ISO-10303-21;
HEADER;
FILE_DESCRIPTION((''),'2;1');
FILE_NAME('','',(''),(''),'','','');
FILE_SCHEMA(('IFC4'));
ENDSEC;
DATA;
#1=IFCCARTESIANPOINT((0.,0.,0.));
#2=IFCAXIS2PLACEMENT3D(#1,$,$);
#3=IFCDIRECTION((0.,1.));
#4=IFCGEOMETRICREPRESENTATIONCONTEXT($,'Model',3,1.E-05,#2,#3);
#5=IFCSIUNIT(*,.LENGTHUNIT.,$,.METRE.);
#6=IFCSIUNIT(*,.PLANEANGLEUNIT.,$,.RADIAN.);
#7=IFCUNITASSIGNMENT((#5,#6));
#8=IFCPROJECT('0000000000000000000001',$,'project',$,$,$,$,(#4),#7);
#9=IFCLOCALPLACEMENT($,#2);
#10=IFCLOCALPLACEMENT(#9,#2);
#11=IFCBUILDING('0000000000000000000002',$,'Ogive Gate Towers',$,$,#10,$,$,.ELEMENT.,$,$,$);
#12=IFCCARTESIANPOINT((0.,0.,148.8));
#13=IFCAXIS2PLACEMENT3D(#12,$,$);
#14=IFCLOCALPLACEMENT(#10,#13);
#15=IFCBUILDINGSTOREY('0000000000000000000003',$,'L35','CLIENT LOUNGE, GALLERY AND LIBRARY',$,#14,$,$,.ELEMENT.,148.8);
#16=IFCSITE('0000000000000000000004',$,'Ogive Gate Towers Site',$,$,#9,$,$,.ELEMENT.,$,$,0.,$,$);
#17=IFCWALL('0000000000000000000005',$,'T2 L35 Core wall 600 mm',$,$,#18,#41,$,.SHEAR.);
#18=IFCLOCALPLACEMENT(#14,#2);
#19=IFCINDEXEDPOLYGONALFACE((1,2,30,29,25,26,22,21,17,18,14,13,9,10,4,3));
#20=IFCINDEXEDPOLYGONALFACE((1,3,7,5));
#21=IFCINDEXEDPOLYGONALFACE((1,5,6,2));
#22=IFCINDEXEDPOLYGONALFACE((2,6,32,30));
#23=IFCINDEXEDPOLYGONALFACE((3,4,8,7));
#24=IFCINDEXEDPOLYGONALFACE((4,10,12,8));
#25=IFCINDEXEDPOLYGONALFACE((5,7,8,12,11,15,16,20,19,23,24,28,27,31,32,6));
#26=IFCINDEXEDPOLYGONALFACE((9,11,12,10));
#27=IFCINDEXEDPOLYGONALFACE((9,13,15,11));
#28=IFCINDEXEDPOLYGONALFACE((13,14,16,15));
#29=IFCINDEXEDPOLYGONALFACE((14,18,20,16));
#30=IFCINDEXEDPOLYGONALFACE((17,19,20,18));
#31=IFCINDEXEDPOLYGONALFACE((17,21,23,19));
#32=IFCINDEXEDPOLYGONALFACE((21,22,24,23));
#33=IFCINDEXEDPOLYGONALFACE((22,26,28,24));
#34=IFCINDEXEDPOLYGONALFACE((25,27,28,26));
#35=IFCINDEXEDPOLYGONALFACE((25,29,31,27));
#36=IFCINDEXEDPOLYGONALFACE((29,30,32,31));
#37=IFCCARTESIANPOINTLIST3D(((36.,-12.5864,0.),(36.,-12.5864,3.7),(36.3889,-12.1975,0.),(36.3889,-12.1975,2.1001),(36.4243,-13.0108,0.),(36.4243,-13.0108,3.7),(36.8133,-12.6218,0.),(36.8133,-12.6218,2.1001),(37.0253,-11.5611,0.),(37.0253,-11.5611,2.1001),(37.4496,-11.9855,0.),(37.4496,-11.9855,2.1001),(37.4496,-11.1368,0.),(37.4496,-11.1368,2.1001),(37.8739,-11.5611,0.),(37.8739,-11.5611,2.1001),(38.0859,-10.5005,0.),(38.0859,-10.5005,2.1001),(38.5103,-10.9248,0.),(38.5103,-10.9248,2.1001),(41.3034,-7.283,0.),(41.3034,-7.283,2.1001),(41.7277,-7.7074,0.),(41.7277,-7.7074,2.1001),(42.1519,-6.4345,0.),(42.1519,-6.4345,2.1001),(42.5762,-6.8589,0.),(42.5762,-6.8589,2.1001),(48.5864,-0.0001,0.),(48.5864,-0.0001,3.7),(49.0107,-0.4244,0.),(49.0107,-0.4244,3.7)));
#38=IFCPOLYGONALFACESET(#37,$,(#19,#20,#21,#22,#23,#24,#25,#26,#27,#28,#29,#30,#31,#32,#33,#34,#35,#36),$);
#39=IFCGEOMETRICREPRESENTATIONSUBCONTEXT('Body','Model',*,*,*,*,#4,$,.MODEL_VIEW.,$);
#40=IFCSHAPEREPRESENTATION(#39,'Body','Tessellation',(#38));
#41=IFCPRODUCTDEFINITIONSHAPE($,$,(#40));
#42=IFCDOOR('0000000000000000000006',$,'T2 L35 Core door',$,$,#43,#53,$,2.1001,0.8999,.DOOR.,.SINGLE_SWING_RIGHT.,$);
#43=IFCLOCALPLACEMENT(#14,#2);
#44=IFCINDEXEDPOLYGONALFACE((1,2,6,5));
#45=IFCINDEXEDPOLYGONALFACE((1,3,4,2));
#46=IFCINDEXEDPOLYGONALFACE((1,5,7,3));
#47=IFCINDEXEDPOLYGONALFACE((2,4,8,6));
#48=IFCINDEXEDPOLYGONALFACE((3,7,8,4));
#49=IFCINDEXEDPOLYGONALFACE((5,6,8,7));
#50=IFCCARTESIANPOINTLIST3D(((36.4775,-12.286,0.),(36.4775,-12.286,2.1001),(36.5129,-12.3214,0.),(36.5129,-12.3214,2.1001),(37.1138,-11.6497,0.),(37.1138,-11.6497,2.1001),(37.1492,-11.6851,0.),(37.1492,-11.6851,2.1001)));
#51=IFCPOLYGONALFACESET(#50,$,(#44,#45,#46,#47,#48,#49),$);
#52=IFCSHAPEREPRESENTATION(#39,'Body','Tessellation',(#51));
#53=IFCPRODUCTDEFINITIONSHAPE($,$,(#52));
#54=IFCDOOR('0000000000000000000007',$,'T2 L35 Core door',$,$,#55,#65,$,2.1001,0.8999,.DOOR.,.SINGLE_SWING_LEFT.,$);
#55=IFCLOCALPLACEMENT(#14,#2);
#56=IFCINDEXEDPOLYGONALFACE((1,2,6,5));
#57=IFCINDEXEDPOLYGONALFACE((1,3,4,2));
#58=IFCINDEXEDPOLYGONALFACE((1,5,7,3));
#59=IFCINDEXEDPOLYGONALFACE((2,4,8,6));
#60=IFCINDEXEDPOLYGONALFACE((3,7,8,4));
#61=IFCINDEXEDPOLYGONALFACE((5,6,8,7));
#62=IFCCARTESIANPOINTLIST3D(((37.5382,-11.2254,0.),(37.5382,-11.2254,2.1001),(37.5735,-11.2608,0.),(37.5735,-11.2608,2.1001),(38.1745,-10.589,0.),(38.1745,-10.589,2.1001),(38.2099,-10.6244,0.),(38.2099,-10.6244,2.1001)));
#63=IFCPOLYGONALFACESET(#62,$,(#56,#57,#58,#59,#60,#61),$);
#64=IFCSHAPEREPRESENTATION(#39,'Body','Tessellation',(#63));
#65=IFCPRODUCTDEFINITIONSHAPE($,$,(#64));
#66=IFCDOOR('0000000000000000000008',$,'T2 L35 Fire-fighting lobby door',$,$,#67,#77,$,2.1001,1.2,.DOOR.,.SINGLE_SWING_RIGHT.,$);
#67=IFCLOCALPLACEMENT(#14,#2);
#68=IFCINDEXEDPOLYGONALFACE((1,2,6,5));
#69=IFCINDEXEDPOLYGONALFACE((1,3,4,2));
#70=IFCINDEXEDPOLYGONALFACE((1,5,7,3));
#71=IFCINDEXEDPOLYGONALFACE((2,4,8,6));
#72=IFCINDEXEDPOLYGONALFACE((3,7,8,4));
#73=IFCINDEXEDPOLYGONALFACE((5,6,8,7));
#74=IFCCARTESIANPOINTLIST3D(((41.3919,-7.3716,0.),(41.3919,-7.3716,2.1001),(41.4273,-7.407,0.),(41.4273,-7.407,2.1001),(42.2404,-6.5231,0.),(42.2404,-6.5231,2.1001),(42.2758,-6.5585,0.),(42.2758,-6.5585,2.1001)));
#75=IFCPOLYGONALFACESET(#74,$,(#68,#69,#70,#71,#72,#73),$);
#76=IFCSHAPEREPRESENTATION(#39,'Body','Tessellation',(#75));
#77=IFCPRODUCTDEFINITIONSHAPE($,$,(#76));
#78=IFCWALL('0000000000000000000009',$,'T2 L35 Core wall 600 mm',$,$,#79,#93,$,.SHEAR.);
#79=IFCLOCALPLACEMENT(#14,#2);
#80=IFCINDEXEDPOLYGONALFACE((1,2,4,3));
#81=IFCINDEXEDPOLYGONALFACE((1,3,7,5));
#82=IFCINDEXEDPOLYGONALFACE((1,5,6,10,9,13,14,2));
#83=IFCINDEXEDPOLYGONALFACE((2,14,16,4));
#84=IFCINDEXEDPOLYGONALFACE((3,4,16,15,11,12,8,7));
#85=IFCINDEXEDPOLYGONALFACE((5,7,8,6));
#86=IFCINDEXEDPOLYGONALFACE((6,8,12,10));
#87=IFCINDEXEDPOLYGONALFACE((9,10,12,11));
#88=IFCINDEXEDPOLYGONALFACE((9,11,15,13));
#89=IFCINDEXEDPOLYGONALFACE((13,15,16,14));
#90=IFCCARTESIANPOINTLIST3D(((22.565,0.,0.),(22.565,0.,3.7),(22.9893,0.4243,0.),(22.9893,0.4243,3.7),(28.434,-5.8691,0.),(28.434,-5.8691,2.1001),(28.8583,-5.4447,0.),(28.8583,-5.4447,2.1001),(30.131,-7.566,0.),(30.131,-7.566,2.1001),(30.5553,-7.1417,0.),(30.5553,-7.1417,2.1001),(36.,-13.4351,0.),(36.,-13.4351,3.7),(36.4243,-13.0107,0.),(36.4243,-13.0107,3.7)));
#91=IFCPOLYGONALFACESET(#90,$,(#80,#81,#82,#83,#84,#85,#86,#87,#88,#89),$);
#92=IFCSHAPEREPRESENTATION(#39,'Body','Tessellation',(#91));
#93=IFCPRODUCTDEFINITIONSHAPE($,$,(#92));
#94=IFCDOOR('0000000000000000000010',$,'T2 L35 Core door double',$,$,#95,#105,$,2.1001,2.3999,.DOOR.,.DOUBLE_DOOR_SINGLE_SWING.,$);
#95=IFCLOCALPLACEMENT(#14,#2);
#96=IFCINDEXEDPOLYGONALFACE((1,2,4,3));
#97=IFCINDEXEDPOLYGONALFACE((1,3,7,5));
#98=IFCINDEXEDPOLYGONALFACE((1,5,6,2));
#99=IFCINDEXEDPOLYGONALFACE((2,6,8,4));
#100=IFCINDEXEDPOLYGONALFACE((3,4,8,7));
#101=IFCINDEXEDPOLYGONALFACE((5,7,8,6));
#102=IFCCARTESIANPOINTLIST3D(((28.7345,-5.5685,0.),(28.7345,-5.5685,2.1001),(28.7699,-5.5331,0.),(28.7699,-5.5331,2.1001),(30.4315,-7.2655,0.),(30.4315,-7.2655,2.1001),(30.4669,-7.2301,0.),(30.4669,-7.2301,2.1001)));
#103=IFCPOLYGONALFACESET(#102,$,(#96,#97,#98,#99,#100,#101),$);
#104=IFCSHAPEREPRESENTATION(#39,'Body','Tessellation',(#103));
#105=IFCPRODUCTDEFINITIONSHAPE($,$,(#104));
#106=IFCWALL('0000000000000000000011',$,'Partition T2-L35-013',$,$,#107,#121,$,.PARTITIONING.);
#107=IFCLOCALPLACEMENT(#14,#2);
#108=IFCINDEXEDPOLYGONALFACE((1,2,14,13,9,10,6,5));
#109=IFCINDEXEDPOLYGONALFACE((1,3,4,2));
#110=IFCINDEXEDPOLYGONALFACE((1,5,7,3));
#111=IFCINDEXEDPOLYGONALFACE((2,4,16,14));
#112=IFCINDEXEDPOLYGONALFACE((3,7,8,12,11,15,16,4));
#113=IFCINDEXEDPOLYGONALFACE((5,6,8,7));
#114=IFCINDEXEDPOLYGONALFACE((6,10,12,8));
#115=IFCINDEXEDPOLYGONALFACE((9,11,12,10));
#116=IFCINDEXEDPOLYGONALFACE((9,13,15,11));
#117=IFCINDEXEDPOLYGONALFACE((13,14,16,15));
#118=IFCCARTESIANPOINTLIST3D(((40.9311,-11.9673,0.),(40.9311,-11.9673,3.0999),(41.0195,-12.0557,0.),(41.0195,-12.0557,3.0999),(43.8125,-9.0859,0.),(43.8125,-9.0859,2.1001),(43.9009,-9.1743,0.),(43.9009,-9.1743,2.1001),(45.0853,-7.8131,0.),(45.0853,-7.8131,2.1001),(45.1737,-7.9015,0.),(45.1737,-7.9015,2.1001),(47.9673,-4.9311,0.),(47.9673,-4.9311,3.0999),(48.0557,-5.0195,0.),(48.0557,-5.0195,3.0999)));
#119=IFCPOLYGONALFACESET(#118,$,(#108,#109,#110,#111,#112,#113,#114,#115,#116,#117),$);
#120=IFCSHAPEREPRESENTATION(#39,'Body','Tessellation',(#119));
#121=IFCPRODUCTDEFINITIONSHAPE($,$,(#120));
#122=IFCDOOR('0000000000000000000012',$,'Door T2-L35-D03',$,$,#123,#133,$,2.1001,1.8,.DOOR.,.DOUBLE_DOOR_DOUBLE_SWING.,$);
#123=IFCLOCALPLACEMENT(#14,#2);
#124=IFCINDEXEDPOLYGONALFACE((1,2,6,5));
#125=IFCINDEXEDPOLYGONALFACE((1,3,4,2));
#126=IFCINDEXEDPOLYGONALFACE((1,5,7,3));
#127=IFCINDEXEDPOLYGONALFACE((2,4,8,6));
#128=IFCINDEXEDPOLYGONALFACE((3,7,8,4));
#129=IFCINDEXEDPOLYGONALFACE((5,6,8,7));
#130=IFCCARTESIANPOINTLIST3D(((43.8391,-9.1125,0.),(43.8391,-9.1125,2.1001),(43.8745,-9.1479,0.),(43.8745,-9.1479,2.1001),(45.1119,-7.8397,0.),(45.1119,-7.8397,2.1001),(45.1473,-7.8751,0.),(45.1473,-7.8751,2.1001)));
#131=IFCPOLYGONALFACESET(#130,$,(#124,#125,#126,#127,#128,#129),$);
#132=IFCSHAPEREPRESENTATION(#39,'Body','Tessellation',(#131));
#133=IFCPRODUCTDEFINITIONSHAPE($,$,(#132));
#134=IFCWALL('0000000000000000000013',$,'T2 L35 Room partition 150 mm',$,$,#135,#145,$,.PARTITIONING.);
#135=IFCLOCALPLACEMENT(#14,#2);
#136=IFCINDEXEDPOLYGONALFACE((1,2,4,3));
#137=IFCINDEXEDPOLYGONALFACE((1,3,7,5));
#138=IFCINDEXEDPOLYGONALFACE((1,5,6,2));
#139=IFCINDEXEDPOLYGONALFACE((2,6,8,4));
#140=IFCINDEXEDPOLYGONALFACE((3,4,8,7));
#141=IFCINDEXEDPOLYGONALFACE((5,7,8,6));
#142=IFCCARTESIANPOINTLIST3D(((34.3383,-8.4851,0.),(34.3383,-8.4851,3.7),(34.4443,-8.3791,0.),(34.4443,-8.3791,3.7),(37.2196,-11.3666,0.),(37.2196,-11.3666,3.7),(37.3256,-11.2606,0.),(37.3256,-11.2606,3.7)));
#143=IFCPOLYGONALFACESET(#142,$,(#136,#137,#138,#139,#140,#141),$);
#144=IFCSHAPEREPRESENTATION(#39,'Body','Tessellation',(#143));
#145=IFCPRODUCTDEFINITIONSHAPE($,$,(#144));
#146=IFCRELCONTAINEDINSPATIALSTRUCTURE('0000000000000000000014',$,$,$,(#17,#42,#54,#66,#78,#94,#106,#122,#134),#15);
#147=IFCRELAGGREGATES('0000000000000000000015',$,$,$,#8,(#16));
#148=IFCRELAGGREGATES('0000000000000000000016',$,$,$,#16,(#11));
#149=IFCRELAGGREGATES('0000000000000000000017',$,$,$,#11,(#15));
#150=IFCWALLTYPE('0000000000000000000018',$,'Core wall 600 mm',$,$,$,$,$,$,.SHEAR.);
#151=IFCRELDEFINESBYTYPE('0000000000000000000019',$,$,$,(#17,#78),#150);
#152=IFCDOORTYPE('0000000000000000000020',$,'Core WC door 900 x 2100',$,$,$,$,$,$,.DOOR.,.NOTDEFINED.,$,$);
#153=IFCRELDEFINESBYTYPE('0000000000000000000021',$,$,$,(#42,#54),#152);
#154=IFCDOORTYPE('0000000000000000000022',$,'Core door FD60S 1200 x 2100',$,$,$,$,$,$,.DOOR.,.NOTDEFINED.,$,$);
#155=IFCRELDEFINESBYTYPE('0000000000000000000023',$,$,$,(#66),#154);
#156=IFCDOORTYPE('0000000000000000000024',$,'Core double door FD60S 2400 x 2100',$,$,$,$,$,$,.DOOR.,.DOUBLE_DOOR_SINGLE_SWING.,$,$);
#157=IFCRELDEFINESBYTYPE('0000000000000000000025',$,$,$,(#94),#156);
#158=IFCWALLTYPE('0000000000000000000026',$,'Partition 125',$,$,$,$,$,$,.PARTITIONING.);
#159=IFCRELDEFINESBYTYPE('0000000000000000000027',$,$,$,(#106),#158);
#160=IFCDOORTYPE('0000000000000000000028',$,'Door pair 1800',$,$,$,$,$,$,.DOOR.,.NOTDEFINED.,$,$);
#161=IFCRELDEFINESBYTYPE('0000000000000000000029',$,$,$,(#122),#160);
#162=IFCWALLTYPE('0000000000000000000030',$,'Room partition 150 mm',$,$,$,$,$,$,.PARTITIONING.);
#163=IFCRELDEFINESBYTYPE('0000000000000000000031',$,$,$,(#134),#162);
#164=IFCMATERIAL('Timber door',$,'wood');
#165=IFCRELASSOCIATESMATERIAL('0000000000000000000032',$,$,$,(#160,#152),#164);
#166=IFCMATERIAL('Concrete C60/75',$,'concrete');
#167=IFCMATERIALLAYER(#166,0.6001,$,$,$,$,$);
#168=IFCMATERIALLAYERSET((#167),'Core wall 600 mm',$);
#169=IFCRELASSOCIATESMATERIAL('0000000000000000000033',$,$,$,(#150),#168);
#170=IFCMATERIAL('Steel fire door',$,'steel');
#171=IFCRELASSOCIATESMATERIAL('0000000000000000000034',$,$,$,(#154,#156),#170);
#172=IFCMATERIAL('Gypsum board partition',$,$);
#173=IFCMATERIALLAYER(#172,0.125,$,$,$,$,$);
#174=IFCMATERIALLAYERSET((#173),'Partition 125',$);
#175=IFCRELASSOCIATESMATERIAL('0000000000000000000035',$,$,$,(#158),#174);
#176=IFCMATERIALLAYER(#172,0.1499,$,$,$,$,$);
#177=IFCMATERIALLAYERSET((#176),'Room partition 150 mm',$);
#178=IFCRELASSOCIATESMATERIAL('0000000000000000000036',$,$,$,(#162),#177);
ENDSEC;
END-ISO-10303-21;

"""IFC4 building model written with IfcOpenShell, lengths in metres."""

from ifc_helpers import new_model, si_unit, direction, frame, frame_2d, origin, place, context, subcontext, project, spatial, rectangle, extrude, material, layer, layer_set, type_object, element, fill, save


model = new_model("IFC4")

# Units and contexts
model_context = context("Model", 3, precision=1e-05, world=origin(), true_north=direction((0.0, 1.0)))
body_context = subcontext(model_context, "Body", "Model", "MODEL_VIEW")
ifc_project = project(units=[si_unit("LENGTHUNIT", "METRE"), si_unit("PLANEANGLEUNIT", "RADIAN")], contexts=[model_context])

# Site, building, storey
site_placement = place(None, origin())
site = spatial("IfcSite", under=ifc_project, at=site_placement, Name="Ogive Gate Towers Site", CompositionType="ELEMENT", RefElevation=0.0)
building_placement = place(site_placement, origin())
building = spatial("IfcBuilding", under=site, at=building_placement, Name="Ogive Gate Towers", CompositionType="ELEMENT")
storey_placement = place(building_placement, frame((0.0, 0.0, 148.8)))
storey = spatial("IfcBuildingStorey", under=building, at=storey_placement, Name="L35", Description="CLIENT LOUNGE, GALLERY AND LIBRARY", CompositionType="ELEMENT", Elevation=148.8)

# Shared definitions
ifc_material_1 = material(Name="Timber door", Category="wood")
door_type_1 = type_object("IfcDoorType", Name="Door pair 1800", OperationType="NOTDEFINED", PredefinedType="DOOR", material=ifc_material_1)

# Wall, openings, doors
ifc_material_2 = material(Name="Concrete C60/75", Category="concrete")
ifc_layer_1 = layer(ifc_material_2, 0.6001)
ifc_layer_set_1 = layer_set([ifc_layer_1], Name="Core wall 600 mm")
wall_type_1 = type_object("IfcWallType", Name="Core wall 600 mm", PredefinedType="SHEAR", material=ifc_layer_set_1)
wall_1_placement = place(storey_placement, frame((36.2122, -12.7986, 0.0), z_axis=(0.0, 0.0, 1.0), x_axis=(0.707107, 0.707107, 0.0)))
wall_1 = element("IfcWall", 1, at=wall_1_placement, inside=storey, type_object=wall_type_1, Name="T2 L35 Core wall 600 mm", PredefinedType="SHEAR", context=body_context, shape_type="SweptSolid", body=[
    extrude(rectangle(XDim=17.7998, YDim=0.6001, at=frame_2d((8.8999, 0.0))), origin(), (0.0, 0.0, 1.0), 3.7),
])
opening_1_placement = place(wall_1_placement, frame((7.5, 0.0, 0.0)))
opening_1 = element("IfcOpeningElement", 2, at=opening_1_placement, cuts=wall_1, PredefinedType="OPENING", context=body_context, shape_type="SweptSolid", body=[
    extrude(rectangle(XDim=1.2, YDim=2.1001, at=frame_2d((0.6001, 1.05))), frame((0.0, 0.3101, 0.0), z_axis=(0.0, -1.0, 0.0), x_axis=(1.0, 0.0, 0.0)), (0.0, 0.0, 1.0), 0.6201),
])
opening_2_placement = place(wall_1_placement, frame((0.55, 0.0, 0.0)))
opening_2 = element("IfcOpeningElement", 3, at=opening_2_placement, cuts=wall_1, PredefinedType="OPENING", context=body_context, shape_type="SweptSolid", body=[
    extrude(rectangle(XDim=0.8999, YDim=2.1001, at=frame_2d((0.45, 1.05))), frame((0.0, 0.3101, 0.0), z_axis=(0.0, -1.0, 0.0), x_axis=(1.0, 0.0, 0.0)), (0.0, 0.0, 1.0), 0.6201),
])
opening_3_placement = place(wall_1_placement, frame((2.05, 0.0, 0.0)))
opening_3 = element("IfcOpeningElement", 4, at=opening_3_placement, cuts=wall_1, PredefinedType="OPENING", context=body_context, shape_type="SweptSolid", body=[
    extrude(rectangle(XDim=0.8999, YDim=2.1001, at=frame_2d((0.45, 1.05))), frame((0.0, 0.3101, 0.0), z_axis=(0.0, -1.0, 0.0), x_axis=(1.0, 0.0, 0.0)), (0.0, 0.0, 1.0), 0.6201),
])
door_type_2 = type_object("IfcDoorType", Name="Core WC door 900 x 2100", OperationType="NOTDEFINED", PredefinedType="DOOR", material=ifc_material_1)
door_1_placement = place(opening_2_placement, origin())
door_1 = element("IfcDoor", 5, at=door_1_placement, inside=storey, type_object=door_type_2, Name="T2 L35 Core door", OperationType="SINGLE_SWING_RIGHT", OverallHeight=2.1001, OverallWidth=0.8999, PredefinedType="DOOR", context=body_context, shape_type="SweptSolid", body=[
    extrude(rectangle(XDim=0.8999, YDim=2.1001, at=frame_2d((0.45, 1.05))), frame((0.0, 0.1748, 0.0), z_axis=(0.0, -1.0, 0.0), x_axis=(1.0, 0.0, 0.0)), (0.0, 0.0, 1.0), 0.05),
])
fill(opening_2, door_1)
door_2_placement = place(opening_3_placement, origin())
door_2 = element("IfcDoor", 6, at=door_2_placement, inside=storey, type_object=door_type_2, Name="T2 L35 Core door", OperationType="SINGLE_SWING_LEFT", OverallHeight=2.1001, OverallWidth=0.8999, PredefinedType="DOOR", context=body_context, shape_type="SweptSolid", body=[
    extrude(rectangle(XDim=0.8999, YDim=2.1001, at=frame_2d((0.45, 1.05))), frame((0.0, 0.1748, 0.0), z_axis=(0.0, -1.0, 0.0), x_axis=(1.0, 0.0, 0.0)), (0.0, 0.0, 1.0), 0.05),
])
fill(opening_3, door_2)
ifc_material_3 = material(Name="Steel fire door", Category="steel")
door_type_3 = type_object("IfcDoorType", Name="Core door FD60S 1200 x 2100", OperationType="NOTDEFINED", PredefinedType="DOOR", material=ifc_material_3)
door_3_placement = place(opening_1_placement, origin())
door_3 = element("IfcDoor", 7, at=door_3_placement, inside=storey, type_object=door_type_3, Name="T2 L35 Fire-fighting lobby door", OperationType="SINGLE_SWING_RIGHT", OverallHeight=2.1001, OverallWidth=1.2, PredefinedType="DOOR", context=body_context, shape_type="SweptSolid", body=[
    extrude(rectangle(XDim=1.2, YDim=2.1001, at=frame_2d((0.6001, 1.05))), frame((0.0, 0.1748, 0.0), z_axis=(0.0, -1.0, 0.0), x_axis=(1.0, 0.0, 0.0)), (0.0, 0.0, 1.0), 0.05),
])
fill(opening_1, door_3)

# Walls, openings, doors
wall_2_placement = place(storey_placement, frame((36.2122, -13.2229, 0.0), z_axis=(0.0, 0.0, 1.0), x_axis=(-0.707107, 0.707107, 0.0)))
wall_2 = element("IfcWall", 8, at=wall_2_placement, inside=storey, type_object=wall_type_1, Name="T2 L35 Core wall 600 mm", PredefinedType="SHEAR", context=body_context, shape_type="SweptSolid", body=[
    extrude(rectangle(XDim=19.0, YDim=0.6001, at=frame_2d((9.5, 0.0))), origin(), (0.0, 0.0, 1.0), 3.7),
])
opening_4_placement = place(wall_2_placement, frame((8.3, 0.0, 0.0)))
opening_4 = element("IfcOpeningElement", 9, at=opening_4_placement, cuts=wall_2, PredefinedType="OPENING", context=body_context, shape_type="SweptSolid", body=[
    extrude(rectangle(XDim=2.3999, YDim=2.1001, at=frame_2d((1.2, 1.05))), frame((0.0, 0.3101, 0.0), z_axis=(0.0, -1.0, 0.0), x_axis=(1.0, 0.0, 0.0)), (0.0, 0.0, 1.0), 0.6201),
])
door_type_4 = type_object("IfcDoorType", Name="Core double door FD60S 2400 x 2100", OperationType="DOUBLE_DOOR_SINGLE_SWING", PredefinedType="DOOR", material=ifc_material_3)
door_4_placement = place(opening_4_placement, origin())
door_4 = element("IfcDoor", 10, at=door_4_placement, inside=storey, type_object=door_type_4, Name="T2 L35 Core door double", OperationType="DOUBLE_DOOR_SINGLE_SWING", OverallHeight=2.1001, OverallWidth=2.3999, PredefinedType="DOOR", context=body_context, shape_type="SweptSolid", body=[
    extrude(rectangle(XDim=2.3999, YDim=2.1001, at=frame_2d((1.2, 1.05))), frame((0.0, -0.125, 0.0), z_axis=(0.0, -1.0, 0.0), x_axis=(1.0, 0.0, 0.0)), (0.0, 0.0, 1.0), 0.05),
])
fill(opening_4, door_4)
ifc_material_4 = material(Name="Gypsum board partition")
ifc_layer_2 = layer(ifc_material_4, 0.125)
ifc_layer_set_2 = layer_set([ifc_layer_2], Name="Partition 125")
wall_type_2 = type_object("IfcWallType", Name="Partition 125", PredefinedType="PARTITIONING", material=ifc_layer_set_2)
wall_3_placement = place(storey_placement, frame((40.9753, -12.0115, 0.0), z_axis=(0.0, 0.0, 1.0), x_axis=(0.707107, 0.707107, 0.0)))
wall_3 = element("IfcWall", 11, at=wall_3_placement, inside=storey, type_object=wall_type_2, Name="Partition T2-L35-013", PredefinedType="PARTITIONING", context=body_context, shape_type="SweptSolid", body=[
    extrude(rectangle(XDim=9.9507, YDim=0.125, at=frame_2d((4.9753, 0.0))), origin(), (0.0, 0.0, 1.0), 3.0999),
])
opening_5_placement = place(wall_3_placement, frame((4.075, 0.0, 0.0)))
opening_5 = element("IfcOpeningElement", 12, at=opening_5_placement, cuts=wall_3, PredefinedType="OPENING", context=body_context, shape_type="SweptSolid", body=[
    extrude(rectangle(XDim=1.8, YDim=2.1001, at=frame_2d((0.8999, 1.05))), frame((0.0, 0.0725, 0.0), z_axis=(0.0, -1.0, 0.0), x_axis=(1.0, 0.0, 0.0)), (0.0, 0.0, 1.0), 0.145),
])
door_5_placement = place(opening_5_placement, origin())
door_5 = element("IfcDoor", 13, at=door_5_placement, inside=storey, type_object=door_type_1, Name="Door T2-L35-D03", OperationType="DOUBLE_DOOR_DOUBLE_SWING", OverallHeight=2.1001, OverallWidth=1.8, PredefinedType="DOOR", context=body_context, shape_type="SweptSolid", body=[
    extrude(rectangle(XDim=1.8, YDim=2.1001, at=frame_2d((0.8999, 1.05))), frame((0.0, 0.0249, 0.0), z_axis=(0.0, -1.0, 0.0), x_axis=(1.0, 0.0, 0.0)), (0.0, 0.0, 1.0), 0.05),
])
fill(opening_5, door_5)

# Wall
ifc_layer_3 = layer(ifc_material_4, 0.1499)
ifc_layer_set_3 = layer_set([ifc_layer_3], Name="Room partition 150 mm")
wall_type_3 = type_object("IfcWallType", Name="Room partition 150 mm", PredefinedType="PARTITIONING", material=ifc_layer_set_3)
wall_4_placement = place(storey_placement, frame((37.2727, -11.3137, 0.0), z_axis=(0.0, 0.0, 1.0), x_axis=(-0.707077, 0.707137, 0.0)))
element("IfcWall", 14, at=wall_4_placement, inside=storey, type_object=wall_type_3, Name="T2 L35 Room partition 150 mm", PredefinedType="PARTITIONING", context=body_context, shape_type="SweptSolid", body=[
    extrude(rectangle(XDim=4.075, YDim=0.1499, at=frame_2d((2.0376, 0.0))), origin(), (0.0, 0.0, 1.0), 3.7),
])

save(model, "model.ifc")
